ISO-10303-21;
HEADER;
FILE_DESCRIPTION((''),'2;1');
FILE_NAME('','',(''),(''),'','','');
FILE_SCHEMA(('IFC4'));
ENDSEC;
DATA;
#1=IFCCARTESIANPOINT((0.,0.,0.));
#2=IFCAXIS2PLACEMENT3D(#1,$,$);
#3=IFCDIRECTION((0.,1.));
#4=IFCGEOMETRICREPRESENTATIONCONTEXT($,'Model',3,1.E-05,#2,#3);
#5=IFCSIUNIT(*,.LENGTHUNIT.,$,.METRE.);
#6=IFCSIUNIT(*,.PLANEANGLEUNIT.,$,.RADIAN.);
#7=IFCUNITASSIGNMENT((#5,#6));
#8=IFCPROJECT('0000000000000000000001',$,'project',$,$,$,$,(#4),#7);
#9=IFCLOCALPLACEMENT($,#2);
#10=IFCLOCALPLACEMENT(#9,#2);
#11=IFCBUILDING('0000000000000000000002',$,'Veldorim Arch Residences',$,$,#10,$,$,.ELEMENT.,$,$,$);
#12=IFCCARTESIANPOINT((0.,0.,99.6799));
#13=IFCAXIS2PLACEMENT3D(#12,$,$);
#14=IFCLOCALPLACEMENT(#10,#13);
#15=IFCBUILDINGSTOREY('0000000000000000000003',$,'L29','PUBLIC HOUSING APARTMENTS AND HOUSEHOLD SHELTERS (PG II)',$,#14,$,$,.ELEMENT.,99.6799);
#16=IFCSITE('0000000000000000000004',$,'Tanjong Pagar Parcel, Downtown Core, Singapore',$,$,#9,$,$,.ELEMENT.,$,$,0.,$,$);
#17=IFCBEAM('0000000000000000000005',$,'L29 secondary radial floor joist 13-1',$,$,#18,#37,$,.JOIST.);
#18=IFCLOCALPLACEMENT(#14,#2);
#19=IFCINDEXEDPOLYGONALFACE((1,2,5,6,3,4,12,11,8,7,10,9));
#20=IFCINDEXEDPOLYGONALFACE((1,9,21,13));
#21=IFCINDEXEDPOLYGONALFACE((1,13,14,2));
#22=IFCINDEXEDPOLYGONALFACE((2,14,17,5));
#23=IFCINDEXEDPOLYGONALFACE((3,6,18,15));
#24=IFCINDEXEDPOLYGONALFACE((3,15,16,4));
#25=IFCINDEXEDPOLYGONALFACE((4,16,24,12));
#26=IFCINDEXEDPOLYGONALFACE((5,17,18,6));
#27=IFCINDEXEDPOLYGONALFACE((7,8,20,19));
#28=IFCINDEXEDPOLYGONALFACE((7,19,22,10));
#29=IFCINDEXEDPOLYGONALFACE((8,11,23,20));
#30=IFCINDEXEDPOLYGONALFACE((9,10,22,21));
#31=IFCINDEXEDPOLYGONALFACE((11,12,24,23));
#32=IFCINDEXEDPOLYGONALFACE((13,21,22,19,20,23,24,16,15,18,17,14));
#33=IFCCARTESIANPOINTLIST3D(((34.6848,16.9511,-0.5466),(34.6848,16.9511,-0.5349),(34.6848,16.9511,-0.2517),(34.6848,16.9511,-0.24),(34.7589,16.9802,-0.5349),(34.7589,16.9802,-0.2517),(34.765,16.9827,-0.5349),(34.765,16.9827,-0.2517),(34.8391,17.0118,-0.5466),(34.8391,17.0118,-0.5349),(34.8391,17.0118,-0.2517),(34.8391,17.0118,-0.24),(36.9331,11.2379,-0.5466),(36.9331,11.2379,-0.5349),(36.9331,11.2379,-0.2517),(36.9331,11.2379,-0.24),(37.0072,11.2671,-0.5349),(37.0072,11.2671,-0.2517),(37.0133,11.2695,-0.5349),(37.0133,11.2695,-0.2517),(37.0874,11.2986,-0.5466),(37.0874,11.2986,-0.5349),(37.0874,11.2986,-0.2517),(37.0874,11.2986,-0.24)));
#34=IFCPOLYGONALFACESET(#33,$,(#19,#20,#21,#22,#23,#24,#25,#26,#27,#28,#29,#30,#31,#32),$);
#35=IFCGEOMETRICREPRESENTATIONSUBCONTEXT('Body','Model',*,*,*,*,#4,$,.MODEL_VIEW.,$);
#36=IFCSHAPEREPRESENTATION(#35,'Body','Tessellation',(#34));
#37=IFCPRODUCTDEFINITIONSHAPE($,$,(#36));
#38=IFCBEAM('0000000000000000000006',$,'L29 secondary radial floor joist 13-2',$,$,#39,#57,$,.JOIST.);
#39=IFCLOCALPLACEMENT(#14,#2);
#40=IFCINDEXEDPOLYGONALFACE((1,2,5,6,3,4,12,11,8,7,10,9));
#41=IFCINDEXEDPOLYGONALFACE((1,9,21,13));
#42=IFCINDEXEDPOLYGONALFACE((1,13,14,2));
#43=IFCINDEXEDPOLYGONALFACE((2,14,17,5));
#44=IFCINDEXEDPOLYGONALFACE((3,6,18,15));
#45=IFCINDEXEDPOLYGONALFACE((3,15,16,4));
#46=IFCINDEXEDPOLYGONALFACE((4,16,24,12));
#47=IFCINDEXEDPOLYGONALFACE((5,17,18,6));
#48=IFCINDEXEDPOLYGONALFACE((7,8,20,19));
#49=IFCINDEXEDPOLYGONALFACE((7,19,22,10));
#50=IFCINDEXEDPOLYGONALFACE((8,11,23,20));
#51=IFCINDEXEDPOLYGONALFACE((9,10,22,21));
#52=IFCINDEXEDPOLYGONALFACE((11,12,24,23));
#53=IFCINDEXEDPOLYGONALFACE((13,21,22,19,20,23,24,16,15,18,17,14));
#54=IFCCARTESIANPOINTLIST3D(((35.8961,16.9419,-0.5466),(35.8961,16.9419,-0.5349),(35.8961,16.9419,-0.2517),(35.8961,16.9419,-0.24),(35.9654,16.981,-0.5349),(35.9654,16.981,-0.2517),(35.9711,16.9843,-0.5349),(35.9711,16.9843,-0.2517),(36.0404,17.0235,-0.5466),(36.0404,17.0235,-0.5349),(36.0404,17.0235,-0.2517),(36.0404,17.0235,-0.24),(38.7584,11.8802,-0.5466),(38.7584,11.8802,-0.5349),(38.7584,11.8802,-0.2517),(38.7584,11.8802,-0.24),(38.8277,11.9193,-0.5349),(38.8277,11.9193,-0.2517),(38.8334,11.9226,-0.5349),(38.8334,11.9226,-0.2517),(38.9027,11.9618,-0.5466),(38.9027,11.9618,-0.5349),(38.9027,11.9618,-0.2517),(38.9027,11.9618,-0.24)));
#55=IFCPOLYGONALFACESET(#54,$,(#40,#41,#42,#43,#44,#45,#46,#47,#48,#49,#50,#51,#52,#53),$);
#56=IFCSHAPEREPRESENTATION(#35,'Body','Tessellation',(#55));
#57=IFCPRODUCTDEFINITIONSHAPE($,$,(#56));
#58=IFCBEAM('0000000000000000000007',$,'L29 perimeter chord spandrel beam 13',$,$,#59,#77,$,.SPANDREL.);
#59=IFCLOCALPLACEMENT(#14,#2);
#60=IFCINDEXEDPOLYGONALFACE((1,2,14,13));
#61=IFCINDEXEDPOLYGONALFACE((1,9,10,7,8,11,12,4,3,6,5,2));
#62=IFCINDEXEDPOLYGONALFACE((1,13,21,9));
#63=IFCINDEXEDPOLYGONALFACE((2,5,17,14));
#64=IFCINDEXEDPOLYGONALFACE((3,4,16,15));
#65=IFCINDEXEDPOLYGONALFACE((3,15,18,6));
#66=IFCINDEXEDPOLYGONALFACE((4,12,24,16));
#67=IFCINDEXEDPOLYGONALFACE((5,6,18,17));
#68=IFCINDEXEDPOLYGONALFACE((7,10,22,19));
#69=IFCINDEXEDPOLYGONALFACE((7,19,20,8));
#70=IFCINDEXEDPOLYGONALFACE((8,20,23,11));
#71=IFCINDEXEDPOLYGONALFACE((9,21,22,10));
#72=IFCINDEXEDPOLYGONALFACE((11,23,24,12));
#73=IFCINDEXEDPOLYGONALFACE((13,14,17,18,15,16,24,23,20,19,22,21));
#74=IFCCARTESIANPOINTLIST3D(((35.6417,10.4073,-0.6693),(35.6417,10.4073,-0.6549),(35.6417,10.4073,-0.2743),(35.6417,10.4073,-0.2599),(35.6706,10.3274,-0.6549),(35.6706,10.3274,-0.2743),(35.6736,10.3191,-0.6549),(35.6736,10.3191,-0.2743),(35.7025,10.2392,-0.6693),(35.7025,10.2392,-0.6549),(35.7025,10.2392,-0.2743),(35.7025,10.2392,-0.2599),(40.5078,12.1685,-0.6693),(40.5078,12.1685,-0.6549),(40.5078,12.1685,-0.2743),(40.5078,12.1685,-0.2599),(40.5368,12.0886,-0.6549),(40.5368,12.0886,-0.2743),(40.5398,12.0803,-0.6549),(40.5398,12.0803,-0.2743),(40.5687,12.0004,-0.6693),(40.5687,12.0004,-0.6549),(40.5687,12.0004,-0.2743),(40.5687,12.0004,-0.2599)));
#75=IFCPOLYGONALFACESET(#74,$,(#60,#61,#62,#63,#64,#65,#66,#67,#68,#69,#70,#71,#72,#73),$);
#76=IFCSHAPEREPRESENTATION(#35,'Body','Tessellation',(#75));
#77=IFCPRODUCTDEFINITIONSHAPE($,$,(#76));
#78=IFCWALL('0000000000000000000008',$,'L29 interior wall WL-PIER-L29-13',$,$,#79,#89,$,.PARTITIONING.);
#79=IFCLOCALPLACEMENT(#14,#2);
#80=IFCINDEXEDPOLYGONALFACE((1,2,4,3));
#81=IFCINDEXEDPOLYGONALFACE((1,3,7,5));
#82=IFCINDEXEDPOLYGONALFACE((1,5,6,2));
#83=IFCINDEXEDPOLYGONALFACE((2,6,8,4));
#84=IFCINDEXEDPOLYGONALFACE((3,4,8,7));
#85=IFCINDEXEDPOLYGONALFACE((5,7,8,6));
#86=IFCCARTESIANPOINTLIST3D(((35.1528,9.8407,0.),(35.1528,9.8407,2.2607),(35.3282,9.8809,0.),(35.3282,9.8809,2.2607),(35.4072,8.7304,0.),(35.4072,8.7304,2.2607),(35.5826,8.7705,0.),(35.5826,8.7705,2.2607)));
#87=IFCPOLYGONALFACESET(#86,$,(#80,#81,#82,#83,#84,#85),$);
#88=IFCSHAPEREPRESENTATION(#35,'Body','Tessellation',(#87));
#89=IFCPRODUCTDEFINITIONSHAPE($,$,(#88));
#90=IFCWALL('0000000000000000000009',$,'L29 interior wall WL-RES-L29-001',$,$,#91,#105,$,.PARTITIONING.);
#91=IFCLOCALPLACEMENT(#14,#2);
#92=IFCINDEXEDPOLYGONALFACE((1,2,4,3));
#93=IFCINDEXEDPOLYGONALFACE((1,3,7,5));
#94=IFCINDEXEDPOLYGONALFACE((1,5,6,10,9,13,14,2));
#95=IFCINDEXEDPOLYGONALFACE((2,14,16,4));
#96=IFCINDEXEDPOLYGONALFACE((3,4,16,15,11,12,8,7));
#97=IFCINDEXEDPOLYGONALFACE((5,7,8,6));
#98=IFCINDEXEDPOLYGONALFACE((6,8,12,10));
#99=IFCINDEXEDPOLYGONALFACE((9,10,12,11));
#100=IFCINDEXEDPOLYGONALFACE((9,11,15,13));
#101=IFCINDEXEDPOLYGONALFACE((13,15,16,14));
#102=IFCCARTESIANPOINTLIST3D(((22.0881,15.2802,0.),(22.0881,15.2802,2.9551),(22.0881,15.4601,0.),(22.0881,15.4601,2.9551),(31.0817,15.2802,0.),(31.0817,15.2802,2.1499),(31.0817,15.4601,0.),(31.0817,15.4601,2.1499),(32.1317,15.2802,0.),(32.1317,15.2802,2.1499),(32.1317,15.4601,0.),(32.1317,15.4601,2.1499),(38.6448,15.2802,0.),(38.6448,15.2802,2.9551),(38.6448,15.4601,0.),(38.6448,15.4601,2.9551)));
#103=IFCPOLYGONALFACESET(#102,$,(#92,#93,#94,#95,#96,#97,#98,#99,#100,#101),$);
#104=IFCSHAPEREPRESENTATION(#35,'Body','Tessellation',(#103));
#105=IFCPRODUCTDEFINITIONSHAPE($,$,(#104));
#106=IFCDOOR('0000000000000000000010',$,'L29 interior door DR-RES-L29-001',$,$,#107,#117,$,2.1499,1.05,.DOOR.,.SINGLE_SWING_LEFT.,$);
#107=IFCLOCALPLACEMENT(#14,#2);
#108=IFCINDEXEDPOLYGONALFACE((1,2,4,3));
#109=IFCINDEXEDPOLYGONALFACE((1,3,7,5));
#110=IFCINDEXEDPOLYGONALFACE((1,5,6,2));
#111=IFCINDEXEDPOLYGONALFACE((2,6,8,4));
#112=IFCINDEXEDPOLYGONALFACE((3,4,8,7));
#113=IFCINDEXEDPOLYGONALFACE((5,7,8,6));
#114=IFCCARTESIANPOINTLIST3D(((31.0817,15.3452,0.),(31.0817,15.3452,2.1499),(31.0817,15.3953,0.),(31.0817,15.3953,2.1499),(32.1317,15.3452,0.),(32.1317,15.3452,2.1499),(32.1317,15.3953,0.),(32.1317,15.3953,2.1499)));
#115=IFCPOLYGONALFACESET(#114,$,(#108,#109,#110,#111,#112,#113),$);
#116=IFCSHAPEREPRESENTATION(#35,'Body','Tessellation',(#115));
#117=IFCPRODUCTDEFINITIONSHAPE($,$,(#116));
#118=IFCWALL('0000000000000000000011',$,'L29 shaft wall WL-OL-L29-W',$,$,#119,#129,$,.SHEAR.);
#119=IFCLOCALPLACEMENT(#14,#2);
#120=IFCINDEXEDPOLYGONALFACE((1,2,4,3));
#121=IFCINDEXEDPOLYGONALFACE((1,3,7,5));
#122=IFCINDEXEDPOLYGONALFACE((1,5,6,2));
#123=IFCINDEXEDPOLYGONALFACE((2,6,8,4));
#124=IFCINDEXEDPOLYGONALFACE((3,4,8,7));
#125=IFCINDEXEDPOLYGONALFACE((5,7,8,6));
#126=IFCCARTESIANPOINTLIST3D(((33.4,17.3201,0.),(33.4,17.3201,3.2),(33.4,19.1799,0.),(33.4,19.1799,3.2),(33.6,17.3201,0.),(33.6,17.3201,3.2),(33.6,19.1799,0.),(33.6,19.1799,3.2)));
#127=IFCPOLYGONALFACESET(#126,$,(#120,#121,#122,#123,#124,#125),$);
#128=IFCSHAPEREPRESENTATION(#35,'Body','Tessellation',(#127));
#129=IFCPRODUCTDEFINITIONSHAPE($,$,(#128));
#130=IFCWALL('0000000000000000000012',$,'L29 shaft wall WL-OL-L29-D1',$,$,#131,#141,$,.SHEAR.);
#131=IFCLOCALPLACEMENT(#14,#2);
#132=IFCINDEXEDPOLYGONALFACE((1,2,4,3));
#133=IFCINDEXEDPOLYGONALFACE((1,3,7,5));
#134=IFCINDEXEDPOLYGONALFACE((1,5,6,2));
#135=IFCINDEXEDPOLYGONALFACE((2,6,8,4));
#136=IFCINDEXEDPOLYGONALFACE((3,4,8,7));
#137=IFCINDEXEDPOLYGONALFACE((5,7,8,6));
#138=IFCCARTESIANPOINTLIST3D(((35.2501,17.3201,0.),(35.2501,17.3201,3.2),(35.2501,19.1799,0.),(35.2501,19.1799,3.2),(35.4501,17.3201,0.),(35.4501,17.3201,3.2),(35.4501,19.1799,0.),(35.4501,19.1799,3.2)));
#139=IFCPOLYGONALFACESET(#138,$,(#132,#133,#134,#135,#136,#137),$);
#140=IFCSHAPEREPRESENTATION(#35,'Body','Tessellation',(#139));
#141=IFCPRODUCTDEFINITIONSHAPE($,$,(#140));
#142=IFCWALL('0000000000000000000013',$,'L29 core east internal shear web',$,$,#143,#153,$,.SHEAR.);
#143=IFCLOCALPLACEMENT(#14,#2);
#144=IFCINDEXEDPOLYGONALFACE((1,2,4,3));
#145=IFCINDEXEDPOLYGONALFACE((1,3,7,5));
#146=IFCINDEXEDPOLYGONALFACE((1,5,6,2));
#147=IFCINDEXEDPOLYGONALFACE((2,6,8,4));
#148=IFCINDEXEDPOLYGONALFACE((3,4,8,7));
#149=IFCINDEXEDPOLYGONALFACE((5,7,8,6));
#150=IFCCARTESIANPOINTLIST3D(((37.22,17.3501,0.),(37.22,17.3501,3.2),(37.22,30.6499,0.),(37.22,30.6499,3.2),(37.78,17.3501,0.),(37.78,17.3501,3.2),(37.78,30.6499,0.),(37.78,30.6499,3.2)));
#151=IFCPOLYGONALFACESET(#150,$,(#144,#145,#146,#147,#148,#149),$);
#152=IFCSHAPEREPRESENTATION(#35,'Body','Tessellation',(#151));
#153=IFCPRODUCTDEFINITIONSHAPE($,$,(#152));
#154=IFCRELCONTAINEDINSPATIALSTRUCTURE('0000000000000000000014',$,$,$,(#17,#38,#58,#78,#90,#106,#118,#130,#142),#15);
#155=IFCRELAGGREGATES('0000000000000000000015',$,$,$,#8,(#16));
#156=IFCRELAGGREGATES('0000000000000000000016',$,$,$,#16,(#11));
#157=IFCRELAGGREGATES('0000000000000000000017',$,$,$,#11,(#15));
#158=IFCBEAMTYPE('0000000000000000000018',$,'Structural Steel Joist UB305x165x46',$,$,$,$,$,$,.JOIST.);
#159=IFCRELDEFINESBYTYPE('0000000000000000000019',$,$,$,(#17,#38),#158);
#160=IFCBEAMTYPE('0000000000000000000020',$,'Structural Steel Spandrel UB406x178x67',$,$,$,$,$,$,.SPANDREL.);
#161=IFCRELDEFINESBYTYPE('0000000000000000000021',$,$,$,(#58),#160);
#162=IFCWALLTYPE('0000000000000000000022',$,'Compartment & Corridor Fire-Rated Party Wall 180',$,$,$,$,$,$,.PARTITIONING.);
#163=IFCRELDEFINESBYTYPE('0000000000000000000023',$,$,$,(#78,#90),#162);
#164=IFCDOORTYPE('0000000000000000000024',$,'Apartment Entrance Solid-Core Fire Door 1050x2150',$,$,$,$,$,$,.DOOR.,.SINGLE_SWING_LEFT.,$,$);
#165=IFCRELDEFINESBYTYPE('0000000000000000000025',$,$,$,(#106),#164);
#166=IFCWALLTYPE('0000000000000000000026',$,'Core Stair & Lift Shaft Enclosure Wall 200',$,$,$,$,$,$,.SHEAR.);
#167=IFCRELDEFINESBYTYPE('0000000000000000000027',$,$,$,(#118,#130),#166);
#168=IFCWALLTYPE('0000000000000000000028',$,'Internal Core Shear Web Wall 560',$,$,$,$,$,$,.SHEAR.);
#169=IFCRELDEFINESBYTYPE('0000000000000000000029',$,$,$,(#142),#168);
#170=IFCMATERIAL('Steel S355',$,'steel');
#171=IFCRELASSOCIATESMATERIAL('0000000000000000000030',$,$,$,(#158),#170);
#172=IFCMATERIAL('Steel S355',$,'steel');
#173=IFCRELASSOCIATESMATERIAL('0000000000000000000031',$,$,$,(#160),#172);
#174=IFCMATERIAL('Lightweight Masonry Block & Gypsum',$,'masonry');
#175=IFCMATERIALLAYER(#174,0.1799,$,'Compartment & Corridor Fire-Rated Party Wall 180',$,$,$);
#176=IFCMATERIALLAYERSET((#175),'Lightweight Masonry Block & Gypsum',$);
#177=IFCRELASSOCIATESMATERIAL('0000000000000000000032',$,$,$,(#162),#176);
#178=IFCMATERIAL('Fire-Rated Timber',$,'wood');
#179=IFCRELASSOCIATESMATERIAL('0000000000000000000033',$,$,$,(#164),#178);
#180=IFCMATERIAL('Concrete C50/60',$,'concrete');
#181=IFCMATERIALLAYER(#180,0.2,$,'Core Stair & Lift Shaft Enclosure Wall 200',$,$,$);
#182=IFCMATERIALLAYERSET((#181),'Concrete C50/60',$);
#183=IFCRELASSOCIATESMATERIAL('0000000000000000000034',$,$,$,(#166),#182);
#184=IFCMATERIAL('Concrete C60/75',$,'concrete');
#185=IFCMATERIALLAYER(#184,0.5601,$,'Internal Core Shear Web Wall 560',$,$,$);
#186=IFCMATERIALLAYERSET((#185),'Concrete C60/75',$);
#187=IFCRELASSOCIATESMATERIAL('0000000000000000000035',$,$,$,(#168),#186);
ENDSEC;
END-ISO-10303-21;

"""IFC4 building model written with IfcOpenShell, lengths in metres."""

from ifc_helpers import new_model, si_unit, direction, frame, frame_2d, origin, origin_2d, place, context, subcontext, project, spatial, rectangle, i_section, extrude, material, layer, layer_set, material_profile, profile_set, type_object, element, fill, save


model = new_model("IFC4")

# Units and contexts
model_context = context("Model", 3, precision=1e-05, world=origin(), true_north=direction((0.0, 1.0)))
body_context = subcontext(model_context, "Body", "Model", "MODEL_VIEW")
ifc_project = project(units=[si_unit("LENGTHUNIT", "METRE"), si_unit("PLANEANGLEUNIT", "RADIAN")], contexts=[model_context])

# Site, building, storey
site_placement = place(None, origin())
site = spatial("IfcSite", under=ifc_project, at=site_placement, Name="Tanjong Pagar Parcel, Downtown Core, Singapore", CompositionType="ELEMENT", RefElevation=0.0)
building_placement = place(site_placement, origin())
building = spatial("IfcBuilding", under=site, at=building_placement, Name="Veldorim Arch Residences", CompositionType="ELEMENT")
storey_placement = place(building_placement, frame((0.0, 0.0, 99.6799)))
storey = spatial("IfcBuildingStorey", under=building, at=storey_placement, Name="L29", Description="PUBLIC HOUSING APARTMENTS AND HOUSEHOLD SHELTERS (PG II)", CompositionType="ELEMENT", Elevation=99.6799)

# Beams
ifc_material_1 = material(Name="Steel S355", Category="steel")
ifc_material_profile_1 = material_profile(ifc_material_1, i_section(OverallWidth=0.1658, OverallDepth=0.3066, WebThickness=0.0066, FlangeThickness=0.0117, at=origin_2d()), Name="UB305x165x46")
ifc_profile_set_1 = profile_set([ifc_material_profile_1], Name="Steel S355")
beam_type_1 = type_object("IfcBeamType", Name="Structural Steel Joist UB305x165x46", PredefinedType="JOIST", material=ifc_profile_set_1)
beam_1_placement = place(storey_placement, frame((34.762, 16.9814, -0.3933), z_axis=(0.366195, -0.930538, 0.0), x_axis=(0.930538, 0.366195, 0.0)))
element("IfcBeam", 1, at=beam_1_placement, inside=storey, type_object=beam_type_1, Name="L29 secondary radial floor joist 13-1", PredefinedType="JOIST", context=body_context, shape_type="SweptSolid", body=[
    extrude(i_section(OverallWidth=0.1658, OverallDepth=0.3066, WebThickness=0.0066, FlangeThickness=0.0117, at=origin_2d()), origin(), (0.0, 0.0, 1.0), 6.1396),
])
beam_2_placement = place(storey_placement, frame((35.9683, 16.9827, -0.3933), z_axis=(0.492227, -0.870467, 0.0), x_axis=(0.870467, 0.492227, 0.0)))
element("IfcBeam", 2, at=beam_2_placement, inside=storey, type_object=beam_type_1, Name="L29 secondary radial floor joist 13-2", PredefinedType="JOIST", context=body_context, shape_type="SweptSolid", body=[
    extrude(i_section(OverallWidth=0.1658, OverallDepth=0.3066, WebThickness=0.0066, FlangeThickness=0.0117, at=origin_2d()), origin(), (0.0, 0.0, 1.0), 5.8149),
])
ifc_material_2 = material(Name="Steel S355", Category="steel")
ifc_material_profile_2 = material_profile(ifc_material_2, i_section(OverallWidth=0.1787, OverallDepth=0.4094, WebThickness=0.0088, FlangeThickness=0.0144, at=origin_2d()), Name="UB406x178x67")
ifc_profile_set_2 = profile_set([ifc_material_profile_2], Name="Steel S355")
beam_type_2 = type_object("IfcBeamType", Name="Structural Steel Spandrel UB406x178x67", PredefinedType="SPANDREL", material=ifc_profile_set_2)
beam_3_placement = place(storey_placement, frame((35.6721, 10.3232, -0.4646), z_axis=(0.940308, 0.340326, 0.0), x_axis=(-0.340326, 0.940308, 0.0)))
element("IfcBeam", 3, at=beam_3_placement, inside=storey, type_object=beam_type_2, Name="L29 perimeter chord spandrel beam 13", PredefinedType="SPANDREL", context=body_context, shape_type="SweptSolid", body=[
    extrude(i_section(OverallWidth=0.1787, OverallDepth=0.4094, WebThickness=0.0088, FlangeThickness=0.0144, at=origin_2d()), origin(), (0.0, 0.0, 1.0), 5.175),
])

# Wall
ifc_material_3 = material(Name="Lightweight Masonry Block & Gypsum", Category="masonry")
ifc_layer_1 = layer(ifc_material_3, 0.1799, Name="Compartment & Corridor Fire-Rated Party Wall 180")
ifc_layer_set_1 = layer_set([ifc_layer_1], Name="Lightweight Masonry Block & Gypsum")
wall_type_1 = type_object("IfcWallType", Name="Compartment & Corridor Fire-Rated Party Wall 180", PredefinedType="PARTITIONING", material=ifc_layer_set_1)
wall_1_placement = place(storey_placement, frame((35.2405, 9.8608, 0.0), z_axis=(0.0, 0.0, 1.0), x_axis=(0.223325, -0.974744, 0.0)))
element("IfcWall", 4, at=wall_1_placement, inside=storey, type_object=wall_type_1, Name="L29 interior wall WL-PIER-L29-13", PredefinedType="PARTITIONING", context=body_context, shape_type="SweptSolid", body=[
    extrude(rectangle(XDim=1.1392, YDim=0.1799, at=frame_2d((0.5696, 0.0))), origin(), (0.0, 0.0, 1.0), 2.2607),
])

# Wall, opening, door
wall_2_placement = place(storey_placement, frame((38.6448, 15.3701, 0.0), z_axis=(0.0, 0.0, 1.0), x_axis=(-1.0, 0.0, 0.0)))
wall_2 = element("IfcWall", 5, at=wall_2_placement, inside=storey, type_object=wall_type_1, Name="L29 interior wall WL-RES-L29-001", PredefinedType="PARTITIONING", context=body_context, shape_type="SweptSolid", body=[
    extrude(rectangle(XDim=16.5566, YDim=0.1799, at=frame_2d((8.2783, 0.0))), origin(), (0.0, 0.0, 1.0), 2.9551),
])
opening_1_placement = place(wall_2_placement, frame((6.5132, 0.0, 0.0)))
opening_1 = element("IfcOpeningElement", 6, at=opening_1_placement, cuts=wall_2, PredefinedType="OPENING", context=body_context, shape_type="SweptSolid", body=[
    extrude(rectangle(XDim=1.05, YDim=2.1499, at=frame_2d((0.5249, 1.075))), frame((0.0, 0.0999, 0.0), z_axis=(0.0, -1.0, 0.0), x_axis=(1.0, 0.0, 0.0)), (0.0, 0.0, 1.0), 0.2),
])
ifc_material_4 = material(Name="Fire-Rated Timber", Category="wood")
door_type_1 = type_object("IfcDoorType", Name="Apartment Entrance Solid-Core Fire Door 1050x2150", OperationType="SINGLE_SWING_LEFT", PredefinedType="DOOR", material=ifc_material_4)
door_1_placement = place(opening_1_placement, origin())
door_1 = element("IfcDoor", 7, at=door_1_placement, inside=storey, type_object=door_type_1, Name="L29 interior door DR-RES-L29-001", OperationType="SINGLE_SWING_LEFT", OverallHeight=2.1499, OverallWidth=1.05, PredefinedType="DOOR", context=body_context, shape_type="SweptSolid", body=[
    extrude(rectangle(XDim=1.05, YDim=2.1499, at=frame_2d((0.5249, 1.075))), frame((0.0, 0.0249, 0.0), z_axis=(0.0, -1.0, 0.0), x_axis=(1.0, 0.0, 0.0)), (0.0, 0.0, 1.0), 0.05),
])
fill(opening_1, door_1)

# Walls
ifc_material_5 = material(Name="Concrete C50/60", Category="concrete")
ifc_layer_2 = layer(ifc_material_5, 0.2, Name="Core Stair & Lift Shaft Enclosure Wall 200")
ifc_layer_set_2 = layer_set([ifc_layer_2], Name="Concrete C50/60")
wall_type_2 = type_object("IfcWallType", Name="Core Stair & Lift Shaft Enclosure Wall 200", PredefinedType="SHEAR", material=ifc_layer_set_2)
for number, where, z_axis, x_axis, name in (
    (8, (33.5, 17.3201, 0.0), (0.0, 0.0, 1.0), (0.0, 1.0, 0.0), "L29 shaft wall WL-OL-L29-W"),
    (9, (35.3501, 17.3201, 0.0), (0.0, 0.0, 1.0), (0.0, 1.0, 0.0), "L29 shaft wall WL-OL-L29-D1"),
):
    element("IfcWall", number, at=place(storey_placement, frame(where, z_axis=z_axis, x_axis=x_axis)), inside=storey, type_object=wall_type_2, Name=name, PredefinedType="SHEAR", context=body_context, shape_type="SweptSolid", body=[
        extrude(rectangle(XDim=1.8599, YDim=0.2, at=frame_2d((0.9299, 0.0))), origin(), (0.0, 0.0, 1.0), 3.2),
    ])
ifc_material_6 = material(Name="Concrete C60/75", Category="concrete")
ifc_layer_3 = layer(ifc_material_6, 0.5601, Name="Internal Core Shear Web Wall 560")
ifc_layer_set_3 = layer_set([ifc_layer_3], Name="Concrete C60/75")
wall_type_3 = type_object("IfcWallType", Name="Internal Core Shear Web Wall 560", PredefinedType="SHEAR", material=ifc_layer_set_3)
wall_3_placement = place(storey_placement, frame((37.5, 17.3501, 0.0), z_axis=(0.0, 0.0, 1.0), x_axis=(0.0, 1.0, 0.0)))
element("IfcWall", 10, at=wall_3_placement, inside=storey, type_object=wall_type_3, Name="L29 core east internal shear web", PredefinedType="SHEAR", context=body_context, shape_type="SweptSolid", body=[
    extrude(rectangle(XDim=13.2998, YDim=0.5601, at=frame_2d((6.6499, 0.0))), origin(), (0.0, 0.0, 1.0), 3.2),
])

save(model, "model.ifc")
